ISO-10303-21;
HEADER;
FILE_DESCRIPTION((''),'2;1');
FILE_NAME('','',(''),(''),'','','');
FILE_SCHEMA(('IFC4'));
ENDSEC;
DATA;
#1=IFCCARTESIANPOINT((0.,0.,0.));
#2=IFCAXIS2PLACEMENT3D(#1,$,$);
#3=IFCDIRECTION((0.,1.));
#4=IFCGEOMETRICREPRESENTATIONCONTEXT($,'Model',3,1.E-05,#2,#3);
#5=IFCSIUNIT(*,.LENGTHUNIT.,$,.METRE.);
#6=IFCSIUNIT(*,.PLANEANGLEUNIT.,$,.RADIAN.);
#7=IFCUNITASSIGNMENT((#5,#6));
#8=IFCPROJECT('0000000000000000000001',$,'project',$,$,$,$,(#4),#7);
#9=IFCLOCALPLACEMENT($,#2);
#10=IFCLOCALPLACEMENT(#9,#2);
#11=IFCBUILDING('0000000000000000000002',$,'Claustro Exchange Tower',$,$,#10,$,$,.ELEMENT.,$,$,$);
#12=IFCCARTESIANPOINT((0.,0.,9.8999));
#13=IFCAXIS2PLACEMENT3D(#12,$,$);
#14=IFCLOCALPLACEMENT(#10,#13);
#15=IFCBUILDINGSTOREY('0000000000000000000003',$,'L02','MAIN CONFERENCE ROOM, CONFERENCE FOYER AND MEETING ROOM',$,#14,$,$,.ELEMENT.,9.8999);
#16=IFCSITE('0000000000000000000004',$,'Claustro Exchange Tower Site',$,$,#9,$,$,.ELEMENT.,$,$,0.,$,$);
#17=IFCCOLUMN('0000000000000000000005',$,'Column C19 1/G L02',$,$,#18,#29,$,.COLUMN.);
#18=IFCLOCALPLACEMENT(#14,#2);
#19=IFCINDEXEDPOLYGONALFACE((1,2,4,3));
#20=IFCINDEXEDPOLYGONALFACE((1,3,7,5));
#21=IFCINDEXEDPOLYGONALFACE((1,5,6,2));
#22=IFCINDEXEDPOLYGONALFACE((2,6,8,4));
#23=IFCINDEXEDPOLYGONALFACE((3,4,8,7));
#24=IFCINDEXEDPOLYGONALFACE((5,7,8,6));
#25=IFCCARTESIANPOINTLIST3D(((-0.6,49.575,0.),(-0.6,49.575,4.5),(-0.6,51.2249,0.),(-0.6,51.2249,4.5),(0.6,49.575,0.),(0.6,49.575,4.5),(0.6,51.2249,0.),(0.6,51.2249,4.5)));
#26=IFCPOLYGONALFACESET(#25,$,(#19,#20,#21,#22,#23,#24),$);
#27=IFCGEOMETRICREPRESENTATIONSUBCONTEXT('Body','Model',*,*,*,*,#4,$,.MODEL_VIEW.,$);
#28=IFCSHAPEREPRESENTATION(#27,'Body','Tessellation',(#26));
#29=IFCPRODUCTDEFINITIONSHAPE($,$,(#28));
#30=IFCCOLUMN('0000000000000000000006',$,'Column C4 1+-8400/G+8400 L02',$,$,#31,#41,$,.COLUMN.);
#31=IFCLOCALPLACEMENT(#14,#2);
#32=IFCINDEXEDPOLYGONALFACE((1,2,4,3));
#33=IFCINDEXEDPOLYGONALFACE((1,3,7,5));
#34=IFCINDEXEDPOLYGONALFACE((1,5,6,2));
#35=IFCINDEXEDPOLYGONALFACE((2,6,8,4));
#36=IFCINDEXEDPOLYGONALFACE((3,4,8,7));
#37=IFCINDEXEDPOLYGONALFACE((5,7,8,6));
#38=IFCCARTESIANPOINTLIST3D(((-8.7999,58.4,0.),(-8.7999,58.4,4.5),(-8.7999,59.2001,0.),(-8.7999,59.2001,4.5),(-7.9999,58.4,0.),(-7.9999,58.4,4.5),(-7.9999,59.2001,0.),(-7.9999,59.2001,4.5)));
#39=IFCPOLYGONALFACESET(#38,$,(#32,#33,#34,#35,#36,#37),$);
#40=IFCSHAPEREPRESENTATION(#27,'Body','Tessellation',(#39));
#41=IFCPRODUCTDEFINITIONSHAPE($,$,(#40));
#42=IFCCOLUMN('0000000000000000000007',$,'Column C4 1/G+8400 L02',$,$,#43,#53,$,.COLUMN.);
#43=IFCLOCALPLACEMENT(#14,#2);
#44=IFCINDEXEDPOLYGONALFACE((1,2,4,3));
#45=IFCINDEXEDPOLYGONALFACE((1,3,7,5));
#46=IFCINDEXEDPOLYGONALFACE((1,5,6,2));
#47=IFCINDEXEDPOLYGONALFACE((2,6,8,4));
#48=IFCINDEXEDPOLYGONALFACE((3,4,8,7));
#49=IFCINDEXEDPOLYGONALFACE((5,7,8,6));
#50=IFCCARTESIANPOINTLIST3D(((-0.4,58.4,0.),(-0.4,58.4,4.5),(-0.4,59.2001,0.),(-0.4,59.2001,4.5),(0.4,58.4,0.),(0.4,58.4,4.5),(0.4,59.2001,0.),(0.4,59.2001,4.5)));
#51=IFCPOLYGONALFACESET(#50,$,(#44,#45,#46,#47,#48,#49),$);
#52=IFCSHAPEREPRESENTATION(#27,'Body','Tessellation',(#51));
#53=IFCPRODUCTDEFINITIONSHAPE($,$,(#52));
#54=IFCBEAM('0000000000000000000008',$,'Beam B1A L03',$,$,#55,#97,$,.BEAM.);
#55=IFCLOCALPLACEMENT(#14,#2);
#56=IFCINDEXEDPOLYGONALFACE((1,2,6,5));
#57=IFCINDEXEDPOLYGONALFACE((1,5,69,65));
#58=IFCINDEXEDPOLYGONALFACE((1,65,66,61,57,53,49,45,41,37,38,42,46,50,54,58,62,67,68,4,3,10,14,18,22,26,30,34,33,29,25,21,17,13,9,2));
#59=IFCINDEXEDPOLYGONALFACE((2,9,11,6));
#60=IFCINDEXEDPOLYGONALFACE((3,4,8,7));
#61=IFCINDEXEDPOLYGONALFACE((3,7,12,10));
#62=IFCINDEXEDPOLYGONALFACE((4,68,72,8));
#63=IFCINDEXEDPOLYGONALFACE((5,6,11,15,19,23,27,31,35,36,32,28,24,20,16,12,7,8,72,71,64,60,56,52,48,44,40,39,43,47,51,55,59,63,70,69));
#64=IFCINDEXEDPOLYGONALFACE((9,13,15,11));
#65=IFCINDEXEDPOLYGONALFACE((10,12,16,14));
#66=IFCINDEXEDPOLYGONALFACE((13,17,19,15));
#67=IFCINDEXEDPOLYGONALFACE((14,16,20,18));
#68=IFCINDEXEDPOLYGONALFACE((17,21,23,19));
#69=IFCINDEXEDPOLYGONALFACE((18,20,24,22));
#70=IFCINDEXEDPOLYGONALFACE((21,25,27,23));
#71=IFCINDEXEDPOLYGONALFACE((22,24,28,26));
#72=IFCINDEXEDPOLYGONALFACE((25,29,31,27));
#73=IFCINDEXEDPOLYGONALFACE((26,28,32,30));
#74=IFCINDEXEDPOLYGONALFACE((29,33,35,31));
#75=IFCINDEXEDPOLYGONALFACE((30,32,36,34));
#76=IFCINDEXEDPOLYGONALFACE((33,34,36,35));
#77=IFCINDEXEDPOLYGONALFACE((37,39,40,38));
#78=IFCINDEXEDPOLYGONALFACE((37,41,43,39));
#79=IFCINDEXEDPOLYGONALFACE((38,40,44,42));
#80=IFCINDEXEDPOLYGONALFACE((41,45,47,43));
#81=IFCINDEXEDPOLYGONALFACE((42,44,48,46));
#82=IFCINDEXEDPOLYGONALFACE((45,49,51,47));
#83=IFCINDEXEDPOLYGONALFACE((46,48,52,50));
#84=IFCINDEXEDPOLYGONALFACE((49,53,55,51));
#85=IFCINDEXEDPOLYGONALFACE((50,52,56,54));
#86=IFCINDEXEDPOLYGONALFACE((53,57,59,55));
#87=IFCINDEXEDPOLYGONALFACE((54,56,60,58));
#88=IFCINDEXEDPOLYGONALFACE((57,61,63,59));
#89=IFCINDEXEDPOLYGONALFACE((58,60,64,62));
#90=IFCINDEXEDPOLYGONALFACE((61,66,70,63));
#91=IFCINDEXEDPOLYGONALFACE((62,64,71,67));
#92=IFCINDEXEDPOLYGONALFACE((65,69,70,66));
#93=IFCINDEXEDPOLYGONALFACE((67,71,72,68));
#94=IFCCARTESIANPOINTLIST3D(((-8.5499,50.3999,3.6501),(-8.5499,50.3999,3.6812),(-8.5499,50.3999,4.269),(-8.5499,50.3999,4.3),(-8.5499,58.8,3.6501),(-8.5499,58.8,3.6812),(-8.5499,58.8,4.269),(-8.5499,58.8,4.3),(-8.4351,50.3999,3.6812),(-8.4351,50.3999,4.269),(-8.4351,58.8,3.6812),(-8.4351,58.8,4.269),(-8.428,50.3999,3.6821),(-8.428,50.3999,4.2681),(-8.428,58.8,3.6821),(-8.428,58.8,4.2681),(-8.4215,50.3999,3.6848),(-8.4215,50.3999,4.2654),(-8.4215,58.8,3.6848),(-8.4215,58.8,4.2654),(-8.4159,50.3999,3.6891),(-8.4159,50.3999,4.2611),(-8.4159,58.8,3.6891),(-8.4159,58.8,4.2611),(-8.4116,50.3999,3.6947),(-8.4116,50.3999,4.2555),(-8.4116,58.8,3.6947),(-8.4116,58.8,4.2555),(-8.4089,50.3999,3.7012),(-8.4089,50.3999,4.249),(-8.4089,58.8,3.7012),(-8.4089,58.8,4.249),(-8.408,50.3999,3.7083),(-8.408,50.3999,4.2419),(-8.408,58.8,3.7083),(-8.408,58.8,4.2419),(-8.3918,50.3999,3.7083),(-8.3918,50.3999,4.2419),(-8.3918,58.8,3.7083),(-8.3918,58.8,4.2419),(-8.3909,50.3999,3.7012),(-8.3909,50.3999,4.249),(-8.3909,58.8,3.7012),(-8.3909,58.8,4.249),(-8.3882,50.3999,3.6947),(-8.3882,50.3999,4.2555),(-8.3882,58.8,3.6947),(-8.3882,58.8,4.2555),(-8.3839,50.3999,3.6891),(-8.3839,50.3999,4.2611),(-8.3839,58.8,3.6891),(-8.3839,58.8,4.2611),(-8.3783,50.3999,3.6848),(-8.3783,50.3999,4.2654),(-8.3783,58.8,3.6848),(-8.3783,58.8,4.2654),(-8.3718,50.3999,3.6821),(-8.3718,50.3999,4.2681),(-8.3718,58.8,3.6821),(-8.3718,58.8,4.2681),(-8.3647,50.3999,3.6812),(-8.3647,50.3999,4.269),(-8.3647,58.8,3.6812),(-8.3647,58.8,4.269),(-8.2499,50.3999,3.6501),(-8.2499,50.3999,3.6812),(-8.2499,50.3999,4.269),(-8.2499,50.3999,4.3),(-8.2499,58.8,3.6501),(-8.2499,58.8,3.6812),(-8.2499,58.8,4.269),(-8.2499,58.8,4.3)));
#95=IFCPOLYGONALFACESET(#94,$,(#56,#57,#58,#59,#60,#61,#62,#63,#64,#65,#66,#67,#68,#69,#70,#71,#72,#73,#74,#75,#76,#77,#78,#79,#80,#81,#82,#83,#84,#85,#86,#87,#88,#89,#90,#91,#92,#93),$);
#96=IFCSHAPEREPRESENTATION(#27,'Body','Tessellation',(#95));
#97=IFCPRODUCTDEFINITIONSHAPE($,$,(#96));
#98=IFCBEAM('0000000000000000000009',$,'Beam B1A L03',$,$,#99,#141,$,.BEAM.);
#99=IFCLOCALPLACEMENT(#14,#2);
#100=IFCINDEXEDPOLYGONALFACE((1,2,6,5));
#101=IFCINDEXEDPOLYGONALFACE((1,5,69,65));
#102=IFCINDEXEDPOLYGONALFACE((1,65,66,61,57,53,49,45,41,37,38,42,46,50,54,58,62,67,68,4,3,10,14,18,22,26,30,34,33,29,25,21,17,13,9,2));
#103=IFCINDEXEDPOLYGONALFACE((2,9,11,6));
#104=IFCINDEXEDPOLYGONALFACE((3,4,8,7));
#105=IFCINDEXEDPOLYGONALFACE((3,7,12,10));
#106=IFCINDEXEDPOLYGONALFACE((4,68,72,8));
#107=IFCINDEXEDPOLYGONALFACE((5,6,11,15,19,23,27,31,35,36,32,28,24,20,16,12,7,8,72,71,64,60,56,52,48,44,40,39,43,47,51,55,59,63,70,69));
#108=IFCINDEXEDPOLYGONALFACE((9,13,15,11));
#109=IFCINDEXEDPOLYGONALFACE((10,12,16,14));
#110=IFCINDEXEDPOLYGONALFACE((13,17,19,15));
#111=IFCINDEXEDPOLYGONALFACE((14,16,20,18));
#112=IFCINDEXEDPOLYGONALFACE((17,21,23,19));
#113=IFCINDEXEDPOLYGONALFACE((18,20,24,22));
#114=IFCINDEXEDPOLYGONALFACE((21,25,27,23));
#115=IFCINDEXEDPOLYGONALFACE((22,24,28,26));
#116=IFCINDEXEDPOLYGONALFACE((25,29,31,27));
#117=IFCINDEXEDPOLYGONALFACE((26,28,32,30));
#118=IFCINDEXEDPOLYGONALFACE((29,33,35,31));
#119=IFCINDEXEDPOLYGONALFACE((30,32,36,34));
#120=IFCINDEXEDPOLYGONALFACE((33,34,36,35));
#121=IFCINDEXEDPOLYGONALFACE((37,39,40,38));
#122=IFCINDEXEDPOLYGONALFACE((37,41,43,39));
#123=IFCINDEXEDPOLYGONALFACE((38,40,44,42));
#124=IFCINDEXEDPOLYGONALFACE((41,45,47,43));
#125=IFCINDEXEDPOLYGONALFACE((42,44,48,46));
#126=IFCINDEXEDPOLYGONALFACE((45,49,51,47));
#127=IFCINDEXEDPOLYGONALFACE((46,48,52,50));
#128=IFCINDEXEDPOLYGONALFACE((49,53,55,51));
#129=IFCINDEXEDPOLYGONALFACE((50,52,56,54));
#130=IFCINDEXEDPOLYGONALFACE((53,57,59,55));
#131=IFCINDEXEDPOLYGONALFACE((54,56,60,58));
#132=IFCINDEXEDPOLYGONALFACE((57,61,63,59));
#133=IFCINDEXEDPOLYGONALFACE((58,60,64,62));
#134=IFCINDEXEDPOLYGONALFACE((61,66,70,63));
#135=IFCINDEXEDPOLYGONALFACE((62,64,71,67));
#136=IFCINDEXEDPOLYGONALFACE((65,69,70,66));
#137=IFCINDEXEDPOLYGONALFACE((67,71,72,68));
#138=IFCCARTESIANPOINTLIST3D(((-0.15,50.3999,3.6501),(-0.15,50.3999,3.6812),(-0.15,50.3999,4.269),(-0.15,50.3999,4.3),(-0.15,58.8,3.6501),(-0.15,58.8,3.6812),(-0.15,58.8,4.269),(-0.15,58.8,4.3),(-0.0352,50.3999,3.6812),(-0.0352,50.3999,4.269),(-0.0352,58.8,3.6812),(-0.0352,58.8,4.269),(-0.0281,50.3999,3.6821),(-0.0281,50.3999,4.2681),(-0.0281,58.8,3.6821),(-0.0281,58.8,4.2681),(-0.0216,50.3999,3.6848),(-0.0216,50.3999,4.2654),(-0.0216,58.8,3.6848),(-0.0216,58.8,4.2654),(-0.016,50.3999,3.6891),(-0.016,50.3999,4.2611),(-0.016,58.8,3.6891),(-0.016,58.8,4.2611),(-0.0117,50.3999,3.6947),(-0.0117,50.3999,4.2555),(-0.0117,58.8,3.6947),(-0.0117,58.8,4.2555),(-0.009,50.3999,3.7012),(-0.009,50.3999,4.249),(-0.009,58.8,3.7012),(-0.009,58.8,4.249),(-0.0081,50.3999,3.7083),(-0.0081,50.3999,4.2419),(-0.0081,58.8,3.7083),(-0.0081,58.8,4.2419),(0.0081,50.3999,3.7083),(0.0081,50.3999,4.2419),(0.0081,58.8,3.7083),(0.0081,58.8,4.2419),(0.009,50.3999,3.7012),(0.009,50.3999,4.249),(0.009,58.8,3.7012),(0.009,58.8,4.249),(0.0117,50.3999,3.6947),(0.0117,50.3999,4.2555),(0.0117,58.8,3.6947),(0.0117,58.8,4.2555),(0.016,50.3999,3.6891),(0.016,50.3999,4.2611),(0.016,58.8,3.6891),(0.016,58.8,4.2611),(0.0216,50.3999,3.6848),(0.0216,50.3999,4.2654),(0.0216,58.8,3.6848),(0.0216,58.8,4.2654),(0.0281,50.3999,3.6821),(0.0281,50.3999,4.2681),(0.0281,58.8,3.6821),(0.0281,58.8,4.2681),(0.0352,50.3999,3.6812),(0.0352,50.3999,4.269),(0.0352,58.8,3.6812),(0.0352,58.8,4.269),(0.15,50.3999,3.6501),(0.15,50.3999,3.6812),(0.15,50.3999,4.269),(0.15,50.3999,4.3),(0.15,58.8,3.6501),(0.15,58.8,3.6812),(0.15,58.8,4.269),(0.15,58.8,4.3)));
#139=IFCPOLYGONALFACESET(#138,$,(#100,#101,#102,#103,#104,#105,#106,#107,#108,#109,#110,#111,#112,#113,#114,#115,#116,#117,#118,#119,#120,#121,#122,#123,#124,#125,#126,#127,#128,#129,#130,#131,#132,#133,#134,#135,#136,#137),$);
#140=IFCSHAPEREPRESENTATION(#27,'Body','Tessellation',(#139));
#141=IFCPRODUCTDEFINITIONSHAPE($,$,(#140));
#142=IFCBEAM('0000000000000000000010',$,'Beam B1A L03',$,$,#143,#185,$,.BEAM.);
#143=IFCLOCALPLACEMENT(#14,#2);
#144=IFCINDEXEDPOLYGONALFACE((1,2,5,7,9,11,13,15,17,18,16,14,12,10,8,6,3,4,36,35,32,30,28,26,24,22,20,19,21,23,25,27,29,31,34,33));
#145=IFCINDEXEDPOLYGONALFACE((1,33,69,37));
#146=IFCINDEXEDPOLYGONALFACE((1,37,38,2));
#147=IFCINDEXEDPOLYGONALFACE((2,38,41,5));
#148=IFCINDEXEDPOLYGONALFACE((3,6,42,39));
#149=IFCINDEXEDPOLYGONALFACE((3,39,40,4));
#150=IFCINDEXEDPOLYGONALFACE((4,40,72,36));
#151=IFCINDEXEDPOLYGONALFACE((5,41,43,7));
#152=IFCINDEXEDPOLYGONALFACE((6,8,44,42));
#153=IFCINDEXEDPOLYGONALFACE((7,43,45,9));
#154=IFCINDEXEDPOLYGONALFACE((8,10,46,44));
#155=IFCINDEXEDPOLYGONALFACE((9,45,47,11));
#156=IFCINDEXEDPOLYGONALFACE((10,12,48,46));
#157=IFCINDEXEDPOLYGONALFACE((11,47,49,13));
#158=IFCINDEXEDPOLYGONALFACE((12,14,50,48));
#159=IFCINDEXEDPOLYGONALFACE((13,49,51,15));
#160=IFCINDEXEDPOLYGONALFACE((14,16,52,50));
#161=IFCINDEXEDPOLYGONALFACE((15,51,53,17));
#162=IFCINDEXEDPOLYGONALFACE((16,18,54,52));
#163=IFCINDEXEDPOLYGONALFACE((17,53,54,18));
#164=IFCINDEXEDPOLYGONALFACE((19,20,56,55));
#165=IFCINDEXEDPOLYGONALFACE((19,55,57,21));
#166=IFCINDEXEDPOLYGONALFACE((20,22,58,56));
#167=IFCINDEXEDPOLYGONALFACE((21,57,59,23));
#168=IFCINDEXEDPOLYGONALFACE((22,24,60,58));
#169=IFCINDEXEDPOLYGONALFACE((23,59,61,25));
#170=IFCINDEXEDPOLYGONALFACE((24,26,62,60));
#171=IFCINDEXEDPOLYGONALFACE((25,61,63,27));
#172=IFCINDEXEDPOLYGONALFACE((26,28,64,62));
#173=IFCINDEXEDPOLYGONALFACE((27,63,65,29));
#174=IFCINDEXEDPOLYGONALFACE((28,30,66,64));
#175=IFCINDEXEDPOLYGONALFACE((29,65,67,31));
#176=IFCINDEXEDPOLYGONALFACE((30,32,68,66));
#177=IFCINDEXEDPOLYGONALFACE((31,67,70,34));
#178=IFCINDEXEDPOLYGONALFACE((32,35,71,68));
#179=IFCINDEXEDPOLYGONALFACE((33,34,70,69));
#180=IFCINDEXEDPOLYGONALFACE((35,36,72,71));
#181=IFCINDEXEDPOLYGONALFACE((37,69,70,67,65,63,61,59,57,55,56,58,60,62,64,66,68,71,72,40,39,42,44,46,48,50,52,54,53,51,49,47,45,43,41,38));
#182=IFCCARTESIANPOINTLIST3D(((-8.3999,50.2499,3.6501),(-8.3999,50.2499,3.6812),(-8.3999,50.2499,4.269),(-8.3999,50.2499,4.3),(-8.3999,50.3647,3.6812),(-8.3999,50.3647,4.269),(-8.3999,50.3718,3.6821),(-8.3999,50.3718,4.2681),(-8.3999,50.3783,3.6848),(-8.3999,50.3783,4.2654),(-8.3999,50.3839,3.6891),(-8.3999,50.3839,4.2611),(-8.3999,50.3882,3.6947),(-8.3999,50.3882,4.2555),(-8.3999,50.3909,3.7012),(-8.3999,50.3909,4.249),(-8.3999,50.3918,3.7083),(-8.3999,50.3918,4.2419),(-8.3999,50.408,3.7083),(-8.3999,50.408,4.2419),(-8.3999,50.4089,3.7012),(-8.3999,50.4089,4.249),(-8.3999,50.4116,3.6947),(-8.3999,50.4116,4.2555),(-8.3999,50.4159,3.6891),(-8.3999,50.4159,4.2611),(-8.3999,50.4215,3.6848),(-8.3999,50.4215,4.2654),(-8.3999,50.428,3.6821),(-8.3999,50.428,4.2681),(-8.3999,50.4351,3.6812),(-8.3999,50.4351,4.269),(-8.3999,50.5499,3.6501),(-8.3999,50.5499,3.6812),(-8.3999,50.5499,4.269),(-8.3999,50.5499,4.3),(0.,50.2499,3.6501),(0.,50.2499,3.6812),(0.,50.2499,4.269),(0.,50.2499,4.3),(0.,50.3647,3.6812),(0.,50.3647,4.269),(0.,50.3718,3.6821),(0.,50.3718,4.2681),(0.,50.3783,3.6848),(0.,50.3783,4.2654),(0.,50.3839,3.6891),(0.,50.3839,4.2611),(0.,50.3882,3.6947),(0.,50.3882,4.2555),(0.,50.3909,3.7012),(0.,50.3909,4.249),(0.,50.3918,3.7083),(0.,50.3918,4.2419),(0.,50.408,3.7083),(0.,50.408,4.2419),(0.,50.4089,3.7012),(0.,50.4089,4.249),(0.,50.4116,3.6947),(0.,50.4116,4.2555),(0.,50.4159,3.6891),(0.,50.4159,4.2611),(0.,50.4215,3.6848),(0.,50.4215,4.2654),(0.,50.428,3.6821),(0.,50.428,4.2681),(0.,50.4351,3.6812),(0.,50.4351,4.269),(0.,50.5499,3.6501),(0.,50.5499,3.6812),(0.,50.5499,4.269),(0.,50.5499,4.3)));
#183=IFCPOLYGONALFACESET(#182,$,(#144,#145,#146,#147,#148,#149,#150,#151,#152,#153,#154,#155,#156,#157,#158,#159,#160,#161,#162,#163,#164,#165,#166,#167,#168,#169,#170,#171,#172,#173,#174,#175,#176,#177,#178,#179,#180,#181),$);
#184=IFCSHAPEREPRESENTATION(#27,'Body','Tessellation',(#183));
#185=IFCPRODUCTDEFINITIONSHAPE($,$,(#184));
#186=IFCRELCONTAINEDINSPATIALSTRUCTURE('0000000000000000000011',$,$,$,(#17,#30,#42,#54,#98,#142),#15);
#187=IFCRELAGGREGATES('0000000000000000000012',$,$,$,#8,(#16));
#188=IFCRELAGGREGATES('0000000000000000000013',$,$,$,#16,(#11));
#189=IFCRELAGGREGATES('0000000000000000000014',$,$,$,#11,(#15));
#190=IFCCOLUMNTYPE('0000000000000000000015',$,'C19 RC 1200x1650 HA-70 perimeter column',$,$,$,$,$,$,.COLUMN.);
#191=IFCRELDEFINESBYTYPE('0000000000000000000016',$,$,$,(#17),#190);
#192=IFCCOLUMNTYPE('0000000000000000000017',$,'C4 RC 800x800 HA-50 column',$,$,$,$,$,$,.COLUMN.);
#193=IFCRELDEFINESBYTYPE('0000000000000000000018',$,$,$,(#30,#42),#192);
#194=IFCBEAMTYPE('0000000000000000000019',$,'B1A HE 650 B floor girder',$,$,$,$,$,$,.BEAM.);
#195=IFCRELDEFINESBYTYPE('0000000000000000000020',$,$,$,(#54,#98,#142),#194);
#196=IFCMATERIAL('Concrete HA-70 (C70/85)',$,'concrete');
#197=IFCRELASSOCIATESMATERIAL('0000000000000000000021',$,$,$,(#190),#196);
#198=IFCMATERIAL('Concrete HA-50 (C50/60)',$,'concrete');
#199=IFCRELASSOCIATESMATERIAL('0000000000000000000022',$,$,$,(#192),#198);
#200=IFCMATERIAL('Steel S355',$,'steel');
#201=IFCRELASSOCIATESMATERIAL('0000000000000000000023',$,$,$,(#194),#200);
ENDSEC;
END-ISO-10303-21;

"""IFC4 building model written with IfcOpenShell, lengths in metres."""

from ifc_helpers import new_model, si_unit, direction, frame, origin, origin_2d, place, context, subcontext, project, spatial, rectangle, i_section, extrude, material, material_profile, profile_set, type_object, element, save


model = new_model("IFC4")

# Units and contexts
model_context = context("Model", 3, precision=1e-05, world=origin(), true_north=direction((0.0, 1.0)))
body_context = subcontext(model_context, "Body", "Model", "MODEL_VIEW")
ifc_project = project(units=[si_unit("LENGTHUNIT", "METRE"), si_unit("PLANEANGLEUNIT", "RADIAN")], contexts=[model_context])

# Site, building, storey
site_placement = place(None, origin())
site = spatial("IfcSite", under=ifc_project, at=site_placement, Name="Claustro Exchange Tower Site", CompositionType="ELEMENT", RefElevation=0.0)
building_placement = place(site_placement, origin())
building = spatial("IfcBuilding", under=site, at=building_placement, Name="Claustro Exchange Tower", CompositionType="ELEMENT")
storey_placement = place(building_placement, frame((0.0, 0.0, 9.8999)))
storey = spatial("IfcBuildingStorey", under=building, at=storey_placement, Name="L02", Description="MAIN CONFERENCE ROOM, CONFERENCE FOYER AND MEETING ROOM", CompositionType="ELEMENT", Elevation=9.8999)

# Columns
ifc_material_1 = material(Name="Concrete HA-70 (C70/85)", Category="concrete")
ifc_material_profile_1 = material_profile(ifc_material_1, rectangle(XDim=1.2, YDim=1.6499, at=origin_2d()), Name="RC 1200x1650")
ifc_profile_set_1 = profile_set([ifc_material_profile_1], Name="Concrete HA-70 (C70/85)")
column_type_1 = type_object("IfcColumnType", Name="C19 RC 1200x1650 HA-70 perimeter column", PredefinedType="COLUMN", material=ifc_profile_set_1)
column_placement = place(storey_placement, frame((0.0, 50.3999, 0.0), z_axis=(0.0, 0.0, 1.0), x_axis=(1.0, 0.0, 0.0)))
element("IfcColumn", 1, at=column_placement, inside=storey, type_object=column_type_1, Name="Column C19 1/G L02", PredefinedType="COLUMN", context=body_context, shape_type="SweptSolid", body=[
    extrude(rectangle(XDim=1.2, YDim=1.6499, at=origin_2d()), origin(), (0.0, 0.0, 1.0), 4.5),
])
ifc_material_2 = material(Name="Concrete HA-50 (C50/60)", Category="concrete")
ifc_material_profile_2 = material_profile(ifc_material_2, rectangle(XDim=0.8, YDim=0.8, at=origin_2d()), Name="RC 800x800")
ifc_profile_set_2 = profile_set([ifc_material_profile_2], Name="Concrete HA-50 (C50/60)")
column_type_2 = type_object("IfcColumnType", Name="C4 RC 800x800 HA-50 column", PredefinedType="COLUMN", material=ifc_profile_set_2)
for number, where, z_axis, x_axis, name in (
    (2, (-8.3999, 58.8, 0.0), (0.0, 0.0, 1.0), (1.0, 0.0, 0.0), "Column C4 1+-8400/G+8400 L02"),
    (3, (0.0, 58.8, 0.0), (0.0, 0.0, 1.0), (1.0, 0.0, 0.0), "Column C4 1/G+8400 L02"),
):
    element("IfcColumn", number, at=place(storey_placement, frame(where, z_axis=z_axis, x_axis=x_axis)), inside=storey, type_object=column_type_2, Name=name, PredefinedType="COLUMN", context=body_context, shape_type="SweptSolid", body=[
        extrude(rectangle(XDim=0.8, YDim=0.8, at=origin_2d()), origin(), (0.0, 0.0, 1.0), 4.5),
    ])

# Beams
ifc_material_3 = material(Name="Steel S355", Category="steel")
ifc_material_profile_3 = material_profile(ifc_material_3, i_section(OverallWidth=0.3, OverallDepth=0.6499, WebThickness=0.0161, FlangeThickness=0.031, FilletRadius=0.0271, at=origin_2d()), Name="HE 650 B")
ifc_profile_set_3 = profile_set([ifc_material_profile_3], Name="Steel S355")
beam_type_1 = type_object("IfcBeamType", Name="B1A HE 650 B floor girder", PredefinedType="BEAM", material=ifc_profile_set_3)
for number, where, z_axis, x_axis, name in (
    (4, (-8.3999, 50.3999, 3.9751), (0.0, 1.0, 0.0), (-1.0, 0.0, 0.0), "Beam B1A L03"),
    (5, (0.0, 50.3999, 3.9751), (0.0, 1.0, 0.0), (-1.0, 0.0, 0.0), "Beam B1A L03"),
):
    element("IfcBeam", number, at=place(storey_placement, frame(where, z_axis=z_axis, x_axis=x_axis)), inside=storey, type_object=beam_type_1, Name=name, PredefinedType="BEAM", context=body_context, shape_type="SweptSolid", body=[
        extrude(i_section(OverallWidth=0.3, OverallDepth=0.6499, WebThickness=0.0161, FlangeThickness=0.031, FilletRadius=0.0271, at=origin_2d()), origin(), (0.0, 0.0, 1.0), 8.4001),
    ])
for number, where, z_axis, x_axis, name in (
    (6, (-8.3999, 50.3999, 3.9751), (1.0, 0.0, 0.0), (0.0, 1.0, 0.0), "Beam B1A L03"),
):
    element("IfcBeam", number, at=place(storey_placement, frame(where, z_axis=z_axis, x_axis=x_axis)), inside=storey, type_object=beam_type_1, Name=name, PredefinedType="BEAM", context=body_context, shape_type="SweptSolid", body=[
        extrude(i_section(OverallWidth=0.3, OverallDepth=0.6499, WebThickness=0.0161, FlangeThickness=0.031, FilletRadius=0.0271, at=origin_2d()), origin(), (0.0, 0.0, 1.0), 8.3999),
    ])

save(model, "model.ifc")
